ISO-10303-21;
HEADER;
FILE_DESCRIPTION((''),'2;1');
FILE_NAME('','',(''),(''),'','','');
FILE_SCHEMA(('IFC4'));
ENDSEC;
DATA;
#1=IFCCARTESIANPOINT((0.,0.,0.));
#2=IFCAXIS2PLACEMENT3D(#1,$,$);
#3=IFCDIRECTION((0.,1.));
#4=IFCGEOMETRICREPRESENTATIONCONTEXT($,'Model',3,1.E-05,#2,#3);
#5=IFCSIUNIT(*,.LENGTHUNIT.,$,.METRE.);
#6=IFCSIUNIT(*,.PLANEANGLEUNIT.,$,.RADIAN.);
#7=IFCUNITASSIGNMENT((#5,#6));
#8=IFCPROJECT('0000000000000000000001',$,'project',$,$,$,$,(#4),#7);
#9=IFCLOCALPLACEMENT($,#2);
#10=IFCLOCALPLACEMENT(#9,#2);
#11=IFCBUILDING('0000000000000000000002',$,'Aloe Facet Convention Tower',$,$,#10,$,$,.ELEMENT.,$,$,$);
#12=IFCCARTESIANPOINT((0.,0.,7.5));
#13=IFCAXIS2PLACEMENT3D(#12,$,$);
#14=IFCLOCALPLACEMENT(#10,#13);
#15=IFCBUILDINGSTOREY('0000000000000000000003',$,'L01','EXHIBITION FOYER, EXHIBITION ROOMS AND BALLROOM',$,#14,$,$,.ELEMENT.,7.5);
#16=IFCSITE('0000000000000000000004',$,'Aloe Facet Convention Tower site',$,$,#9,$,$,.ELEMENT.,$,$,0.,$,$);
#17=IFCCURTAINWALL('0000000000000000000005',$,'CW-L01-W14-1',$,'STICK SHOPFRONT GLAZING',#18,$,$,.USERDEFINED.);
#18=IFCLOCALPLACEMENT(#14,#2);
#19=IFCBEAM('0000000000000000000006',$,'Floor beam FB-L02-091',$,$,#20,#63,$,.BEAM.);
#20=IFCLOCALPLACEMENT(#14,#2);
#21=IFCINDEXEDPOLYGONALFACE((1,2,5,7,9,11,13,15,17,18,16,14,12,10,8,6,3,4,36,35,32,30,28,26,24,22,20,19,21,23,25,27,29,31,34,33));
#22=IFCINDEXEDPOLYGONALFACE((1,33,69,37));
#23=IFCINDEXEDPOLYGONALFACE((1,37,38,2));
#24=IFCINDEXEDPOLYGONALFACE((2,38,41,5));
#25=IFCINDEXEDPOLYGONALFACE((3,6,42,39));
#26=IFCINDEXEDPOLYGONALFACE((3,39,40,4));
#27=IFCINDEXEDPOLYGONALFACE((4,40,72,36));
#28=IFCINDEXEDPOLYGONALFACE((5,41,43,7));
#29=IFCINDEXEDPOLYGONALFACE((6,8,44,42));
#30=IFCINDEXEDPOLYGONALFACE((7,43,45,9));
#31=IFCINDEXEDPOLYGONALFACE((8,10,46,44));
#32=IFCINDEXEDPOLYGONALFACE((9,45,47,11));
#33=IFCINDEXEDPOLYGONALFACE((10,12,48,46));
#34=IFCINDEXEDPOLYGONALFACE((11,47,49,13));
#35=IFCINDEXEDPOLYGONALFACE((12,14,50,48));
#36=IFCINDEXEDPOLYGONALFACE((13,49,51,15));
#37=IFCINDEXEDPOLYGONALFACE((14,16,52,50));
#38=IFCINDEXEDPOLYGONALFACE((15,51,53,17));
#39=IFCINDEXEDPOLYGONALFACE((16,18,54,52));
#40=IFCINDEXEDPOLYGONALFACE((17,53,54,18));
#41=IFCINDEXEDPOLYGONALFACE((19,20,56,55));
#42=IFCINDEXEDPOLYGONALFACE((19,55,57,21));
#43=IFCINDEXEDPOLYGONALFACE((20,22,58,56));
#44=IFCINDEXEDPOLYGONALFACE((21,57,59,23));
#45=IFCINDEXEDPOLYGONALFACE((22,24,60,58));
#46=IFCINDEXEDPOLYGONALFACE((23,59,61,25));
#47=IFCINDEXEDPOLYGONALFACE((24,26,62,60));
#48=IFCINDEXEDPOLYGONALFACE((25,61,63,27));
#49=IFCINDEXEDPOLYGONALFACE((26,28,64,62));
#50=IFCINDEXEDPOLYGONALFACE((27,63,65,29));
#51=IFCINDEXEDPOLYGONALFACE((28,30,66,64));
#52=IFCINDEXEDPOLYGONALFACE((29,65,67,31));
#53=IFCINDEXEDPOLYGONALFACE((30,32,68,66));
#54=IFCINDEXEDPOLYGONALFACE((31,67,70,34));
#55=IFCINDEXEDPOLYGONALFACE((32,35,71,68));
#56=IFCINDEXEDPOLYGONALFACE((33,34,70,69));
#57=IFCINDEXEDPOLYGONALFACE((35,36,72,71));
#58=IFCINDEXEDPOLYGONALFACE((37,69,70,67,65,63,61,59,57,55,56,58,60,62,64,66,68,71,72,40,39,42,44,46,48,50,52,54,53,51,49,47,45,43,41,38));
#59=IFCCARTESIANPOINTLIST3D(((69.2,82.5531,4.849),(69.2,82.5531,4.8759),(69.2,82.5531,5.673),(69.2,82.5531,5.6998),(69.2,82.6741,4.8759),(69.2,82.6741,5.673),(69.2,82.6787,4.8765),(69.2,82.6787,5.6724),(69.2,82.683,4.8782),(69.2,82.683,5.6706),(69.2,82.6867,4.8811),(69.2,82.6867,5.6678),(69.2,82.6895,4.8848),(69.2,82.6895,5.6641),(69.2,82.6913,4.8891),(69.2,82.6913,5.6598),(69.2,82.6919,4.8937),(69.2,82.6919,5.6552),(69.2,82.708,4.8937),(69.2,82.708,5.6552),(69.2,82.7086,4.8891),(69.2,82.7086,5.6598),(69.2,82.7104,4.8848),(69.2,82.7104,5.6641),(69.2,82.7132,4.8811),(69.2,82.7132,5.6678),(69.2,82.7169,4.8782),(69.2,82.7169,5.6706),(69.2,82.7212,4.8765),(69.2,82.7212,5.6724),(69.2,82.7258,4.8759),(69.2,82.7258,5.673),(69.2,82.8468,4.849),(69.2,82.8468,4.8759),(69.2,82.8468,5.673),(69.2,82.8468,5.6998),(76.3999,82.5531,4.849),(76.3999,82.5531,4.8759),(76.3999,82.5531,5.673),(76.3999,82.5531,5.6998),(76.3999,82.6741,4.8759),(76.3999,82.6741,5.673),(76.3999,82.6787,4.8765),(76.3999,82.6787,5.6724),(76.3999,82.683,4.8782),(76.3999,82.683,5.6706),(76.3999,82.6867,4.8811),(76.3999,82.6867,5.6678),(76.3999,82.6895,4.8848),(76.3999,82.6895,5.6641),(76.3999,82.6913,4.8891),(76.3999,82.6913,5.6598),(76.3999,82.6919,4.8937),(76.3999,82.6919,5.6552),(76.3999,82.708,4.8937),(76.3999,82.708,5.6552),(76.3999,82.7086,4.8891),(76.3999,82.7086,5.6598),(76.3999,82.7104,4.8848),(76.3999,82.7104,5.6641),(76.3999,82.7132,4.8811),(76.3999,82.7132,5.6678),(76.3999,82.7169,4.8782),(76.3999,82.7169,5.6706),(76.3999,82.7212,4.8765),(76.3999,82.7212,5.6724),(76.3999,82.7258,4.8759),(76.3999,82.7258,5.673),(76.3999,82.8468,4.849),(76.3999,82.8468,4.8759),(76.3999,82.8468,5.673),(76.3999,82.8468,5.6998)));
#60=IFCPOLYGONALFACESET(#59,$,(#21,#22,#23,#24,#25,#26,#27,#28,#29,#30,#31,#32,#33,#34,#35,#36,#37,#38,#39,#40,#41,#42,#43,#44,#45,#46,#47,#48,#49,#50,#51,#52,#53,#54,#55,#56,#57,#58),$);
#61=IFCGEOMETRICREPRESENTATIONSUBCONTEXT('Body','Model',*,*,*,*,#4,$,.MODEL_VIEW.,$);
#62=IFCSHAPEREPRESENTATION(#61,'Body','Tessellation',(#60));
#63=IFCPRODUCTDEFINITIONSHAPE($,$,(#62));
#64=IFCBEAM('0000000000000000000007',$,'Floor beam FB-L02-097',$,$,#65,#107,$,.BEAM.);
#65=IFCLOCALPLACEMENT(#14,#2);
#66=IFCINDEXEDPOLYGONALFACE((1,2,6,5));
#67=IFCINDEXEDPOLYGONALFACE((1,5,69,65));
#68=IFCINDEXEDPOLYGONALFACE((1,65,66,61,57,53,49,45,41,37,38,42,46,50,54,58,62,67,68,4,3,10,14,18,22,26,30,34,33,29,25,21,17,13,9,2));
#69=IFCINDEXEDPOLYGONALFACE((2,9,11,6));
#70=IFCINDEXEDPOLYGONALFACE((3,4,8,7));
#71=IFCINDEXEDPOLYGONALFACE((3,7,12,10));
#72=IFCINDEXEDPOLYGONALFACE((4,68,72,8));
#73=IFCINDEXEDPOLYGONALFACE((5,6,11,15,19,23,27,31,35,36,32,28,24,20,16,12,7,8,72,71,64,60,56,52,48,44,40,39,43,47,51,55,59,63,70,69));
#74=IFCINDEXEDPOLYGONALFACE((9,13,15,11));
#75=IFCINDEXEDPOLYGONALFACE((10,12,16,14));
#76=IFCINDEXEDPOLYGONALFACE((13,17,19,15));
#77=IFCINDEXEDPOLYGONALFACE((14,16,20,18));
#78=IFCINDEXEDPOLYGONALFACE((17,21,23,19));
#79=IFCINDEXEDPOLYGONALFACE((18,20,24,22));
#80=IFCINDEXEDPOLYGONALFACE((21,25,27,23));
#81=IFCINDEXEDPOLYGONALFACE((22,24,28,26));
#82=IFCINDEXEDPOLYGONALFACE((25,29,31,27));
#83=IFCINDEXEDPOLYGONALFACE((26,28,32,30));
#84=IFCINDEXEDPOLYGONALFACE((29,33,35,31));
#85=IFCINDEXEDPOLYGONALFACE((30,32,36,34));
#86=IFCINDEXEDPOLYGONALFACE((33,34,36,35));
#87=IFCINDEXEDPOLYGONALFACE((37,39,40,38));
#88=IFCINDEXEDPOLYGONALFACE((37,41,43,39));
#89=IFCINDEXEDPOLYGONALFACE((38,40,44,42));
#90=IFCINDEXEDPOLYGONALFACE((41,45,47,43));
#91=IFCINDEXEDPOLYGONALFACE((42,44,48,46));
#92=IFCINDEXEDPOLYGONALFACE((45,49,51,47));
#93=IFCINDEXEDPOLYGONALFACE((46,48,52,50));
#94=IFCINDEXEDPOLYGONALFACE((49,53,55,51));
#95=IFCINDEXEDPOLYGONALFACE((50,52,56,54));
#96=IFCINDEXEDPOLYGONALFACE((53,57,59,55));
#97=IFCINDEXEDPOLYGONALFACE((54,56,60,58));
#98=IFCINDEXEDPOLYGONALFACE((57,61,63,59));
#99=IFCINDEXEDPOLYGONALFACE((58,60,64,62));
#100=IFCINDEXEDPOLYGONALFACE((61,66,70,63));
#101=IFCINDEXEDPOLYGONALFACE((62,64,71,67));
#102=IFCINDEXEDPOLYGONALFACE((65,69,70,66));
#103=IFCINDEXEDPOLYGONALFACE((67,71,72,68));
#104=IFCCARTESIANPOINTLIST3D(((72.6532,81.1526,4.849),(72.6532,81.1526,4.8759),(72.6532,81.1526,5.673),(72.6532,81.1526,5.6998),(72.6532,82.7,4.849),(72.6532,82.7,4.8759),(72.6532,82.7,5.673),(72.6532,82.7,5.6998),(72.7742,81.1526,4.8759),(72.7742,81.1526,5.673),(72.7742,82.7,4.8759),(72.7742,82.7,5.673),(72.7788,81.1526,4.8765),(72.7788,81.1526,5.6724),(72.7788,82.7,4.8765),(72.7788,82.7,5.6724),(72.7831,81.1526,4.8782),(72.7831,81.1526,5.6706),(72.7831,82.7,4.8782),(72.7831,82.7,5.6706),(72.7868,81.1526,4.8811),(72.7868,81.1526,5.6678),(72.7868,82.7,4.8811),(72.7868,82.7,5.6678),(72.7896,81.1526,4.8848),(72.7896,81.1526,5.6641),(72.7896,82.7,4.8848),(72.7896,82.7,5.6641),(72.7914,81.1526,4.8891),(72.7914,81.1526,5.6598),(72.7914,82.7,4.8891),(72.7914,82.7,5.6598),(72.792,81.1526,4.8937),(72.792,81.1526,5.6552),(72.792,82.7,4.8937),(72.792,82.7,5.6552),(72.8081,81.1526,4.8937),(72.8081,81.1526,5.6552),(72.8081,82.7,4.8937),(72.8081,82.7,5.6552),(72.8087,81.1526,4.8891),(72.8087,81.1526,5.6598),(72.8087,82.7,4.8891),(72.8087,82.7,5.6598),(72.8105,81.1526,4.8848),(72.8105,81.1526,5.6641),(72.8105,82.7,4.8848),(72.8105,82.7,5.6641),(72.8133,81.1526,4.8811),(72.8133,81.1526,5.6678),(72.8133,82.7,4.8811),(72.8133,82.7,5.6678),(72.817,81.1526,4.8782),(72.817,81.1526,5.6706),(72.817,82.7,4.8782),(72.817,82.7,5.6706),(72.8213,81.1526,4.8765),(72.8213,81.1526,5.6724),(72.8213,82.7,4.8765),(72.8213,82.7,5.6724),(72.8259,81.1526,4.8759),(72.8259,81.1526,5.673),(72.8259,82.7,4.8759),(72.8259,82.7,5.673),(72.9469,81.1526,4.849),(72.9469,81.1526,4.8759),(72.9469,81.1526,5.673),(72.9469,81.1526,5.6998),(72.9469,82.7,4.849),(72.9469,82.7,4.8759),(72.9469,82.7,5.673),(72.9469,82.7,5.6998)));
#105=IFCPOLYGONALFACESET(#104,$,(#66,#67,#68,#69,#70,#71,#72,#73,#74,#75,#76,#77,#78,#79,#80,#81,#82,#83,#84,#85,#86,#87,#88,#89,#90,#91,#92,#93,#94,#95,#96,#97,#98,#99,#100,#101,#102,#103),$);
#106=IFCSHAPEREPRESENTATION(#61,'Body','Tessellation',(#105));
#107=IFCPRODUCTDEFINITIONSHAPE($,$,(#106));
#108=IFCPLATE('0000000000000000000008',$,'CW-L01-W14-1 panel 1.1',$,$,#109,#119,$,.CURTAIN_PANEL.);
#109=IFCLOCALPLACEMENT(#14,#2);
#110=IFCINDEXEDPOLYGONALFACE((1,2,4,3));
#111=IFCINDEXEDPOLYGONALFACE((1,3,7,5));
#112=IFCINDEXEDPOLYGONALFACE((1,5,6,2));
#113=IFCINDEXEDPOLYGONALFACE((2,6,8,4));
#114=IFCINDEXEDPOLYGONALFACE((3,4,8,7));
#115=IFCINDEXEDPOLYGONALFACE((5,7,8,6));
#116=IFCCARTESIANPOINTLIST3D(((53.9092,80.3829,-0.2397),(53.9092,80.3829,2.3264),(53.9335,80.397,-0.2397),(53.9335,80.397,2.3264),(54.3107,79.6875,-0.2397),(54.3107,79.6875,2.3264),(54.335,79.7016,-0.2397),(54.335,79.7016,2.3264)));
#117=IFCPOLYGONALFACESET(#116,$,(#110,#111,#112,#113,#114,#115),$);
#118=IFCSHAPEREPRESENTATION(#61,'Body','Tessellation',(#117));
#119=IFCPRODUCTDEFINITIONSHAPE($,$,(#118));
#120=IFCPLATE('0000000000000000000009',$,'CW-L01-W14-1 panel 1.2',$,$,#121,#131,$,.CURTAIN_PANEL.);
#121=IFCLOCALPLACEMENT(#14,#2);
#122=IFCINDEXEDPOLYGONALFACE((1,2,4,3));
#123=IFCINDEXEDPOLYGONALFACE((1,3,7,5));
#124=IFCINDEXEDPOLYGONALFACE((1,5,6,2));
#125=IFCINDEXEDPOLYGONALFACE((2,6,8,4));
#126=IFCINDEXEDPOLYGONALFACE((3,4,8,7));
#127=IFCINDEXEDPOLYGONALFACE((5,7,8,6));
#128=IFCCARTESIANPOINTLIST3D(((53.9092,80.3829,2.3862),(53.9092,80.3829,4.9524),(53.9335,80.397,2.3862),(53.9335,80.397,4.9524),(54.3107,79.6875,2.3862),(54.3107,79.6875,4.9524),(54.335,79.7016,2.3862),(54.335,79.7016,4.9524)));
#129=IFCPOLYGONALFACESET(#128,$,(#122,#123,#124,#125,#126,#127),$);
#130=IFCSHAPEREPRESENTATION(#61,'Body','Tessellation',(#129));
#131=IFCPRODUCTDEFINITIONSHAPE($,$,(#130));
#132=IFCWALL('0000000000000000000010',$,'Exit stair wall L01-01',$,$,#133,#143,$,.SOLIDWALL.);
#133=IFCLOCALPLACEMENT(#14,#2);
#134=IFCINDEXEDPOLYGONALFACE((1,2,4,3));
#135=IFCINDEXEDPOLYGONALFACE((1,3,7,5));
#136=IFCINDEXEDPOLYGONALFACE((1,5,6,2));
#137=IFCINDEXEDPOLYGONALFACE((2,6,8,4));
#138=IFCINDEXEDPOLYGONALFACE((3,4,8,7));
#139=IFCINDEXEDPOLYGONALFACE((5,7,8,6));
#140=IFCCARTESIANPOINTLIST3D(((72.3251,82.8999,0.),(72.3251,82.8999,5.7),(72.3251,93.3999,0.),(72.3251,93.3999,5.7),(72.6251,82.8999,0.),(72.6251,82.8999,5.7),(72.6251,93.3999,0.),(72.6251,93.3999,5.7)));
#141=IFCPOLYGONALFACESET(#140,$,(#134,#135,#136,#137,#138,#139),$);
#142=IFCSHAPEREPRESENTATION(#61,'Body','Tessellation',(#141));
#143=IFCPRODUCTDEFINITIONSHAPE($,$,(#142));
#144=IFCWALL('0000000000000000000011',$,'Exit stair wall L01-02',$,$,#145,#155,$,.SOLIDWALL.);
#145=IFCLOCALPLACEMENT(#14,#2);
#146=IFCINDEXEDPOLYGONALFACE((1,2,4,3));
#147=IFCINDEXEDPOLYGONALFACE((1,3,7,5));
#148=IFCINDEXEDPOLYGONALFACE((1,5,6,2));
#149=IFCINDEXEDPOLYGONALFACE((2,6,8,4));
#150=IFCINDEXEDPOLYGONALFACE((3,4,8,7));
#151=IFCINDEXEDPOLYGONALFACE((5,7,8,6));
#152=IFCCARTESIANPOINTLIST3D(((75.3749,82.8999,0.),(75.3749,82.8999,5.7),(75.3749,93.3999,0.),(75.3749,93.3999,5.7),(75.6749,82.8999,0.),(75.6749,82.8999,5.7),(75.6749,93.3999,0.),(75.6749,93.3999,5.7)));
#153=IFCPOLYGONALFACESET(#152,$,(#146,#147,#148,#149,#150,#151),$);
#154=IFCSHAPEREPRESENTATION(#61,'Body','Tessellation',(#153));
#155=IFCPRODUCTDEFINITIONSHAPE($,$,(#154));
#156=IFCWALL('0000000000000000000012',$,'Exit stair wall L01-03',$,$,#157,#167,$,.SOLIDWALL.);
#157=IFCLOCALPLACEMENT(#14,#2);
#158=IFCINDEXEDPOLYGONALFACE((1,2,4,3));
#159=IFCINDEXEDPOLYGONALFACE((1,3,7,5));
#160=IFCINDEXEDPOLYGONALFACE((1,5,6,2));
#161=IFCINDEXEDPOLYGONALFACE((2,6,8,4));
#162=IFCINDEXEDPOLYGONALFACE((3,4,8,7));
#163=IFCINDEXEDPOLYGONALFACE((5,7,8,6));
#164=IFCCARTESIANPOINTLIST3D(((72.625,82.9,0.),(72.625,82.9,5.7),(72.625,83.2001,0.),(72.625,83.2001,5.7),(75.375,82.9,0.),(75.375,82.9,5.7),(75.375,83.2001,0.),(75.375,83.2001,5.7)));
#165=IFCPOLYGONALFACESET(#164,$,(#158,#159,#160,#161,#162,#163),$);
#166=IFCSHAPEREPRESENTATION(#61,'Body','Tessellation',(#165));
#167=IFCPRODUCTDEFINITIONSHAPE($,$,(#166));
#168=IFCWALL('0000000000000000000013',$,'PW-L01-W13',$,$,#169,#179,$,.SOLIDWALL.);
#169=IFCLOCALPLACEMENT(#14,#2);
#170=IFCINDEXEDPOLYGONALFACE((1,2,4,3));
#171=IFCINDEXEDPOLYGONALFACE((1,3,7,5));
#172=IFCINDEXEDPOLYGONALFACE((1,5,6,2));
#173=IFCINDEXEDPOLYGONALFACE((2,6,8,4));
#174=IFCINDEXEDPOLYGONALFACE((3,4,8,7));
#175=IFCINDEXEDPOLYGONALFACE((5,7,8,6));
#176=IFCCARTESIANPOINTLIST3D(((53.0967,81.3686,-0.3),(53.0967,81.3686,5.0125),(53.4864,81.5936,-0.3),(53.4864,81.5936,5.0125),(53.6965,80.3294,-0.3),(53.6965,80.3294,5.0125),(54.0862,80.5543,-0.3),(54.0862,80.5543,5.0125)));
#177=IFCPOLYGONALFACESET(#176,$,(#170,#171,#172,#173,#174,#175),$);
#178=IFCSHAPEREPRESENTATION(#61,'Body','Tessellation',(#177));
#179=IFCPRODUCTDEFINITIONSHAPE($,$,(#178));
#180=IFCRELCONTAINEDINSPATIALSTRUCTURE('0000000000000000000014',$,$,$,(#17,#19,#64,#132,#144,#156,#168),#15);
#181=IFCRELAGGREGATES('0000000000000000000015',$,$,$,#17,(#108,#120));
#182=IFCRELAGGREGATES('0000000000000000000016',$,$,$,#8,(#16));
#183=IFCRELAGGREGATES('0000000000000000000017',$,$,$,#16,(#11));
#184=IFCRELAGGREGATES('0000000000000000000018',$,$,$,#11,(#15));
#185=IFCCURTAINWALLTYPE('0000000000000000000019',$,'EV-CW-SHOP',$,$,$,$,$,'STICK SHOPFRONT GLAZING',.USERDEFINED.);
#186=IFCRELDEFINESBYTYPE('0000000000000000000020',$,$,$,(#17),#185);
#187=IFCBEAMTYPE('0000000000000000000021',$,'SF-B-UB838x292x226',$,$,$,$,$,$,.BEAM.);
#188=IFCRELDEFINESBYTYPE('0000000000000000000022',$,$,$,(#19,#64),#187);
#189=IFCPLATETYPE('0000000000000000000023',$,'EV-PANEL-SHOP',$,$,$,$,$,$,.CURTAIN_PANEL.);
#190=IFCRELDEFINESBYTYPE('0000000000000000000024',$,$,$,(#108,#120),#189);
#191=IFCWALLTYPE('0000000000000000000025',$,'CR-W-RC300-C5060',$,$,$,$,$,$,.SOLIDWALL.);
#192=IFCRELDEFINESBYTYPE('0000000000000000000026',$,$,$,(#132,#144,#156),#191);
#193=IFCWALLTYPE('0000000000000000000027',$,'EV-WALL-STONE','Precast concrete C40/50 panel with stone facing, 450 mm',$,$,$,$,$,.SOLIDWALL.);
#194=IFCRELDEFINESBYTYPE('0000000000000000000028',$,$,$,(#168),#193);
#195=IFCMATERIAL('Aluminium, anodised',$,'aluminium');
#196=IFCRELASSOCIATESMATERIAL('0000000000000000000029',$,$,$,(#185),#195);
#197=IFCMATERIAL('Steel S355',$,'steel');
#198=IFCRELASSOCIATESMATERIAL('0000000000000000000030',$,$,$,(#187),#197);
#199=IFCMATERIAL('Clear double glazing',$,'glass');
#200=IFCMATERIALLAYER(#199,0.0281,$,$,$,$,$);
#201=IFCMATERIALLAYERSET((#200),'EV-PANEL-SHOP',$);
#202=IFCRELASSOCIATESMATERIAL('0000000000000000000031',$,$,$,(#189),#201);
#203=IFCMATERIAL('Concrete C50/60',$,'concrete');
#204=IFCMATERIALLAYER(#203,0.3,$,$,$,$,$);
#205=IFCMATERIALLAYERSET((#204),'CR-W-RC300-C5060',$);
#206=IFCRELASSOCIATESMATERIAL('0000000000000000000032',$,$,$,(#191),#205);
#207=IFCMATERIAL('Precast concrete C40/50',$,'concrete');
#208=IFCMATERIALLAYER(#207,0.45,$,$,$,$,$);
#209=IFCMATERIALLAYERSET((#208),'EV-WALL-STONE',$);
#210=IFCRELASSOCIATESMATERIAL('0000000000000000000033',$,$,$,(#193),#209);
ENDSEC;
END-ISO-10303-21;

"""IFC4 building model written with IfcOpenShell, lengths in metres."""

from ifc_helpers import new_model, si_unit, direction, frame, frame_2d, origin, origin_2d, place, context, subcontext, project, spatial, rectangle, i_section, extrude, material, layer, layer_set, material_profile, profile_set, type_object, element, aggregate, save


model = new_model("IFC4")

# Units and contexts
model_context = context("Model", 3, precision=1e-05, world=origin(), true_north=direction((0.0, 1.0)))
body_context = subcontext(model_context, "Body", "Model", "MODEL_VIEW")
ifc_project = project(units=[si_unit("LENGTHUNIT", "METRE"), si_unit("PLANEANGLEUNIT", "RADIAN")], contexts=[model_context])

# Site, building, storey
site_placement = place(None, origin())
site = spatial("IfcSite", under=ifc_project, at=site_placement, Name="Aloe Facet Convention Tower site", CompositionType="ELEMENT", RefElevation=0.0)
building_placement = place(site_placement, origin())
building = spatial("IfcBuilding", under=site, at=building_placement, Name="Aloe Facet Convention Tower", CompositionType="ELEMENT")
storey_placement = place(building_placement, frame((0.0, 0.0, 7.5)))
storey = spatial("IfcBuildingStorey", under=building, at=storey_placement, Name="L01", Description="EXHIBITION FOYER, EXHIBITION ROOMS AND BALLROOM", CompositionType="ELEMENT", Elevation=7.5)

# Shared definitions
ifc_material_1 = material(Name="Aluminium, anodised", Category="aluminium")
curtain_wall_type = type_object("IfcCurtainWallType", Name="EV-CW-SHOP", ElementType="STICK SHOPFRONT GLAZING", PredefinedType="USERDEFINED", material=ifc_material_1)

# Curtain wall
curtain_wall_1_placement = place(storey_placement, origin())
curtain_wall_1 = element("IfcCurtainWall", 1, at=curtain_wall_1_placement, inside=storey, type_object=curtain_wall_type, Name="CW-L01-W14-1", ObjectType="STICK SHOPFRONT GLAZING", PredefinedType="USERDEFINED")

# Beams
ifc_material_2 = material(Name="Steel S355", Category="steel")
ifc_material_profile_1 = material_profile(ifc_material_2, i_section(OverallWidth=0.2937, OverallDepth=0.8508, WebThickness=0.0161, FlangeThickness=0.0269, FilletRadius=0.0178, at=origin_2d()), Name="UB 838x292x226")
ifc_profile_set_1 = profile_set([ifc_material_profile_1], Name="Steel S355")
beam_type_1 = type_object("IfcBeamType", Name="SF-B-UB838x292x226", PredefinedType="BEAM", material=ifc_profile_set_1)
beam_1_placement = place(storey_placement, frame((69.2, 82.7, 5.2744), z_axis=(1.0, 0.0, 0.0), x_axis=(0.0, 1.0, 0.0)))
element("IfcBeam", 2, at=beam_1_placement, inside=storey, type_object=beam_type_1, Name="Floor beam FB-L02-091", PredefinedType="BEAM", context=body_context, shape_type="SweptSolid", body=[
    extrude(i_section(OverallWidth=0.2937, OverallDepth=0.8508, WebThickness=0.0161, FlangeThickness=0.0269, FilletRadius=0.0178, at=origin_2d()), origin(), (0.0, 0.0, 1.0), 7.2),
])
beam_2_placement = place(storey_placement, frame((72.8, 81.1526, 5.2744), z_axis=(0.0, 1.0, 0.0), x_axis=(-1.0, 0.0, 0.0)))
element("IfcBeam", 3, at=beam_2_placement, inside=storey, type_object=beam_type_1, Name="Floor beam FB-L02-097", PredefinedType="BEAM", context=body_context, shape_type="SweptSolid", body=[
    extrude(i_section(OverallWidth=0.2937, OverallDepth=0.8508, WebThickness=0.0161, FlangeThickness=0.0269, FilletRadius=0.0178, at=origin_2d()), origin(), (0.0, 0.0, 1.0), 1.5474),
])

# Plates
ifc_material_3 = material(Name="Clear double glazing", Category="glass")
ifc_layer_1 = layer(ifc_material_3, 0.0281)
ifc_layer_set_1 = layer_set([ifc_layer_1], Name="EV-PANEL-SHOP")
plate_type = type_object("IfcPlateType", Name="EV-PANEL-SHOP", PredefinedType="CURTAIN_PANEL", material=ifc_layer_set_1)
plate_1_placement = place(storey_placement, frame((54.1221, 80.0422, -0.2397), z_axis=(0.0, 0.0, 1.0), x_axis=(0.5, -0.866025, 0.0)))
plate_1 = element("IfcPlate", 4, at=plate_1_placement, type_object=plate_type, Name="CW-L01-W14-1 panel 1.1", PredefinedType="CURTAIN_PANEL", context=body_context, shape_type="SweptSolid", body=[
    extrude(rectangle(XDim=0.803, YDim=0.0281, at=origin_2d()), origin(), (0.0, 0.0, 1.0), 2.5662),
])
plate_2_placement = place(storey_placement, frame((54.1221, 80.0422, 2.3862), z_axis=(0.0, 0.0, 1.0), x_axis=(0.5, -0.866025, 0.0)))
plate_2 = element("IfcPlate", 5, at=plate_2_placement, type_object=plate_type, Name="CW-L01-W14-1 panel 1.2", PredefinedType="CURTAIN_PANEL", context=body_context, shape_type="SweptSolid", body=[
    extrude(rectangle(XDim=0.803, YDim=0.0281, at=origin_2d()), origin(), (0.0, 0.0, 1.0), 2.5662),
])
aggregate(curtain_wall_1, [plate_1, plate_2])

# Walls
ifc_material_4 = material(Name="Concrete C50/60", Category="concrete")
ifc_layer_2 = layer(ifc_material_4, 0.3)
ifc_layer_set_2 = layer_set([ifc_layer_2], Name="CR-W-RC300-C5060")
wall_type_1 = type_object("IfcWallType", Name="CR-W-RC300-C5060", PredefinedType="SOLIDWALL", material=ifc_layer_set_2)
for number, where, z_axis, x_axis, name in (
    (6, (72.4751, 82.8999, 0.0), (0.0, 0.0, 1.0), (0.0, 1.0, 0.0), "Exit stair wall L01-01"),
    (7, (75.5249, 82.8999, 0.0), (0.0, 0.0, 1.0), (0.0, 1.0, 0.0), "Exit stair wall L01-02"),
):
    element("IfcWall", number, at=place(storey_placement, frame(where, z_axis=z_axis, x_axis=x_axis)), inside=storey, type_object=wall_type_1, Name=name, PredefinedType="SOLIDWALL", context=body_context, shape_type="SweptSolid", body=[
        extrude(rectangle(XDim=10.5, YDim=0.3, at=frame_2d((5.25, 0.0))), origin(), (0.0, 0.0, 1.0), 5.7),
    ])
wall_1_placement = place(storey_placement, frame((72.625, 83.05, 0.0), z_axis=(0.0, 0.0, 1.0), x_axis=(1.0, 0.0, 0.0)))
element("IfcWall", 8, at=wall_1_placement, inside=storey, type_object=wall_type_1, Name="Exit stair wall L01-03", PredefinedType="SOLIDWALL", context=body_context, shape_type="SweptSolid", body=[
    extrude(rectangle(XDim=2.75, YDim=0.3, at=frame_2d((1.375, 0.0))), origin(), (0.0, 0.0, 1.0), 5.7),
])
ifc_material_5 = material(Name="Precast concrete C40/50", Category="concrete")
ifc_layer_3 = layer(ifc_material_5, 0.45)
ifc_layer_set_3 = layer_set([ifc_layer_3], Name="EV-WALL-STONE")
wall_type_2 = type_object("IfcWallType", Name="EV-WALL-STONE", Description="Precast concrete C40/50 panel with stone facing, 450 mm", PredefinedType="SOLIDWALL", material=ifc_layer_set_3)
wall_2_placement = place(storey_placement, frame((53.2915, 81.4812, -0.3), z_axis=(0.0, 0.0, 1.0), x_axis=(0.499881, -0.866094, 0.0)))
element("IfcWall", 9, at=wall_2_placement, inside=storey, type_object=wall_type_2, Name="PW-L01-W13", PredefinedType="SOLIDWALL", context=body_context, shape_type="SweptSolid", body=[
    extrude(rectangle(XDim=1.2, YDim=0.45, at=frame_2d((0.6001, 0.0))), origin(), (0.0, 0.0, 1.0), 5.3125),
])

save(model, "model.ifc")
